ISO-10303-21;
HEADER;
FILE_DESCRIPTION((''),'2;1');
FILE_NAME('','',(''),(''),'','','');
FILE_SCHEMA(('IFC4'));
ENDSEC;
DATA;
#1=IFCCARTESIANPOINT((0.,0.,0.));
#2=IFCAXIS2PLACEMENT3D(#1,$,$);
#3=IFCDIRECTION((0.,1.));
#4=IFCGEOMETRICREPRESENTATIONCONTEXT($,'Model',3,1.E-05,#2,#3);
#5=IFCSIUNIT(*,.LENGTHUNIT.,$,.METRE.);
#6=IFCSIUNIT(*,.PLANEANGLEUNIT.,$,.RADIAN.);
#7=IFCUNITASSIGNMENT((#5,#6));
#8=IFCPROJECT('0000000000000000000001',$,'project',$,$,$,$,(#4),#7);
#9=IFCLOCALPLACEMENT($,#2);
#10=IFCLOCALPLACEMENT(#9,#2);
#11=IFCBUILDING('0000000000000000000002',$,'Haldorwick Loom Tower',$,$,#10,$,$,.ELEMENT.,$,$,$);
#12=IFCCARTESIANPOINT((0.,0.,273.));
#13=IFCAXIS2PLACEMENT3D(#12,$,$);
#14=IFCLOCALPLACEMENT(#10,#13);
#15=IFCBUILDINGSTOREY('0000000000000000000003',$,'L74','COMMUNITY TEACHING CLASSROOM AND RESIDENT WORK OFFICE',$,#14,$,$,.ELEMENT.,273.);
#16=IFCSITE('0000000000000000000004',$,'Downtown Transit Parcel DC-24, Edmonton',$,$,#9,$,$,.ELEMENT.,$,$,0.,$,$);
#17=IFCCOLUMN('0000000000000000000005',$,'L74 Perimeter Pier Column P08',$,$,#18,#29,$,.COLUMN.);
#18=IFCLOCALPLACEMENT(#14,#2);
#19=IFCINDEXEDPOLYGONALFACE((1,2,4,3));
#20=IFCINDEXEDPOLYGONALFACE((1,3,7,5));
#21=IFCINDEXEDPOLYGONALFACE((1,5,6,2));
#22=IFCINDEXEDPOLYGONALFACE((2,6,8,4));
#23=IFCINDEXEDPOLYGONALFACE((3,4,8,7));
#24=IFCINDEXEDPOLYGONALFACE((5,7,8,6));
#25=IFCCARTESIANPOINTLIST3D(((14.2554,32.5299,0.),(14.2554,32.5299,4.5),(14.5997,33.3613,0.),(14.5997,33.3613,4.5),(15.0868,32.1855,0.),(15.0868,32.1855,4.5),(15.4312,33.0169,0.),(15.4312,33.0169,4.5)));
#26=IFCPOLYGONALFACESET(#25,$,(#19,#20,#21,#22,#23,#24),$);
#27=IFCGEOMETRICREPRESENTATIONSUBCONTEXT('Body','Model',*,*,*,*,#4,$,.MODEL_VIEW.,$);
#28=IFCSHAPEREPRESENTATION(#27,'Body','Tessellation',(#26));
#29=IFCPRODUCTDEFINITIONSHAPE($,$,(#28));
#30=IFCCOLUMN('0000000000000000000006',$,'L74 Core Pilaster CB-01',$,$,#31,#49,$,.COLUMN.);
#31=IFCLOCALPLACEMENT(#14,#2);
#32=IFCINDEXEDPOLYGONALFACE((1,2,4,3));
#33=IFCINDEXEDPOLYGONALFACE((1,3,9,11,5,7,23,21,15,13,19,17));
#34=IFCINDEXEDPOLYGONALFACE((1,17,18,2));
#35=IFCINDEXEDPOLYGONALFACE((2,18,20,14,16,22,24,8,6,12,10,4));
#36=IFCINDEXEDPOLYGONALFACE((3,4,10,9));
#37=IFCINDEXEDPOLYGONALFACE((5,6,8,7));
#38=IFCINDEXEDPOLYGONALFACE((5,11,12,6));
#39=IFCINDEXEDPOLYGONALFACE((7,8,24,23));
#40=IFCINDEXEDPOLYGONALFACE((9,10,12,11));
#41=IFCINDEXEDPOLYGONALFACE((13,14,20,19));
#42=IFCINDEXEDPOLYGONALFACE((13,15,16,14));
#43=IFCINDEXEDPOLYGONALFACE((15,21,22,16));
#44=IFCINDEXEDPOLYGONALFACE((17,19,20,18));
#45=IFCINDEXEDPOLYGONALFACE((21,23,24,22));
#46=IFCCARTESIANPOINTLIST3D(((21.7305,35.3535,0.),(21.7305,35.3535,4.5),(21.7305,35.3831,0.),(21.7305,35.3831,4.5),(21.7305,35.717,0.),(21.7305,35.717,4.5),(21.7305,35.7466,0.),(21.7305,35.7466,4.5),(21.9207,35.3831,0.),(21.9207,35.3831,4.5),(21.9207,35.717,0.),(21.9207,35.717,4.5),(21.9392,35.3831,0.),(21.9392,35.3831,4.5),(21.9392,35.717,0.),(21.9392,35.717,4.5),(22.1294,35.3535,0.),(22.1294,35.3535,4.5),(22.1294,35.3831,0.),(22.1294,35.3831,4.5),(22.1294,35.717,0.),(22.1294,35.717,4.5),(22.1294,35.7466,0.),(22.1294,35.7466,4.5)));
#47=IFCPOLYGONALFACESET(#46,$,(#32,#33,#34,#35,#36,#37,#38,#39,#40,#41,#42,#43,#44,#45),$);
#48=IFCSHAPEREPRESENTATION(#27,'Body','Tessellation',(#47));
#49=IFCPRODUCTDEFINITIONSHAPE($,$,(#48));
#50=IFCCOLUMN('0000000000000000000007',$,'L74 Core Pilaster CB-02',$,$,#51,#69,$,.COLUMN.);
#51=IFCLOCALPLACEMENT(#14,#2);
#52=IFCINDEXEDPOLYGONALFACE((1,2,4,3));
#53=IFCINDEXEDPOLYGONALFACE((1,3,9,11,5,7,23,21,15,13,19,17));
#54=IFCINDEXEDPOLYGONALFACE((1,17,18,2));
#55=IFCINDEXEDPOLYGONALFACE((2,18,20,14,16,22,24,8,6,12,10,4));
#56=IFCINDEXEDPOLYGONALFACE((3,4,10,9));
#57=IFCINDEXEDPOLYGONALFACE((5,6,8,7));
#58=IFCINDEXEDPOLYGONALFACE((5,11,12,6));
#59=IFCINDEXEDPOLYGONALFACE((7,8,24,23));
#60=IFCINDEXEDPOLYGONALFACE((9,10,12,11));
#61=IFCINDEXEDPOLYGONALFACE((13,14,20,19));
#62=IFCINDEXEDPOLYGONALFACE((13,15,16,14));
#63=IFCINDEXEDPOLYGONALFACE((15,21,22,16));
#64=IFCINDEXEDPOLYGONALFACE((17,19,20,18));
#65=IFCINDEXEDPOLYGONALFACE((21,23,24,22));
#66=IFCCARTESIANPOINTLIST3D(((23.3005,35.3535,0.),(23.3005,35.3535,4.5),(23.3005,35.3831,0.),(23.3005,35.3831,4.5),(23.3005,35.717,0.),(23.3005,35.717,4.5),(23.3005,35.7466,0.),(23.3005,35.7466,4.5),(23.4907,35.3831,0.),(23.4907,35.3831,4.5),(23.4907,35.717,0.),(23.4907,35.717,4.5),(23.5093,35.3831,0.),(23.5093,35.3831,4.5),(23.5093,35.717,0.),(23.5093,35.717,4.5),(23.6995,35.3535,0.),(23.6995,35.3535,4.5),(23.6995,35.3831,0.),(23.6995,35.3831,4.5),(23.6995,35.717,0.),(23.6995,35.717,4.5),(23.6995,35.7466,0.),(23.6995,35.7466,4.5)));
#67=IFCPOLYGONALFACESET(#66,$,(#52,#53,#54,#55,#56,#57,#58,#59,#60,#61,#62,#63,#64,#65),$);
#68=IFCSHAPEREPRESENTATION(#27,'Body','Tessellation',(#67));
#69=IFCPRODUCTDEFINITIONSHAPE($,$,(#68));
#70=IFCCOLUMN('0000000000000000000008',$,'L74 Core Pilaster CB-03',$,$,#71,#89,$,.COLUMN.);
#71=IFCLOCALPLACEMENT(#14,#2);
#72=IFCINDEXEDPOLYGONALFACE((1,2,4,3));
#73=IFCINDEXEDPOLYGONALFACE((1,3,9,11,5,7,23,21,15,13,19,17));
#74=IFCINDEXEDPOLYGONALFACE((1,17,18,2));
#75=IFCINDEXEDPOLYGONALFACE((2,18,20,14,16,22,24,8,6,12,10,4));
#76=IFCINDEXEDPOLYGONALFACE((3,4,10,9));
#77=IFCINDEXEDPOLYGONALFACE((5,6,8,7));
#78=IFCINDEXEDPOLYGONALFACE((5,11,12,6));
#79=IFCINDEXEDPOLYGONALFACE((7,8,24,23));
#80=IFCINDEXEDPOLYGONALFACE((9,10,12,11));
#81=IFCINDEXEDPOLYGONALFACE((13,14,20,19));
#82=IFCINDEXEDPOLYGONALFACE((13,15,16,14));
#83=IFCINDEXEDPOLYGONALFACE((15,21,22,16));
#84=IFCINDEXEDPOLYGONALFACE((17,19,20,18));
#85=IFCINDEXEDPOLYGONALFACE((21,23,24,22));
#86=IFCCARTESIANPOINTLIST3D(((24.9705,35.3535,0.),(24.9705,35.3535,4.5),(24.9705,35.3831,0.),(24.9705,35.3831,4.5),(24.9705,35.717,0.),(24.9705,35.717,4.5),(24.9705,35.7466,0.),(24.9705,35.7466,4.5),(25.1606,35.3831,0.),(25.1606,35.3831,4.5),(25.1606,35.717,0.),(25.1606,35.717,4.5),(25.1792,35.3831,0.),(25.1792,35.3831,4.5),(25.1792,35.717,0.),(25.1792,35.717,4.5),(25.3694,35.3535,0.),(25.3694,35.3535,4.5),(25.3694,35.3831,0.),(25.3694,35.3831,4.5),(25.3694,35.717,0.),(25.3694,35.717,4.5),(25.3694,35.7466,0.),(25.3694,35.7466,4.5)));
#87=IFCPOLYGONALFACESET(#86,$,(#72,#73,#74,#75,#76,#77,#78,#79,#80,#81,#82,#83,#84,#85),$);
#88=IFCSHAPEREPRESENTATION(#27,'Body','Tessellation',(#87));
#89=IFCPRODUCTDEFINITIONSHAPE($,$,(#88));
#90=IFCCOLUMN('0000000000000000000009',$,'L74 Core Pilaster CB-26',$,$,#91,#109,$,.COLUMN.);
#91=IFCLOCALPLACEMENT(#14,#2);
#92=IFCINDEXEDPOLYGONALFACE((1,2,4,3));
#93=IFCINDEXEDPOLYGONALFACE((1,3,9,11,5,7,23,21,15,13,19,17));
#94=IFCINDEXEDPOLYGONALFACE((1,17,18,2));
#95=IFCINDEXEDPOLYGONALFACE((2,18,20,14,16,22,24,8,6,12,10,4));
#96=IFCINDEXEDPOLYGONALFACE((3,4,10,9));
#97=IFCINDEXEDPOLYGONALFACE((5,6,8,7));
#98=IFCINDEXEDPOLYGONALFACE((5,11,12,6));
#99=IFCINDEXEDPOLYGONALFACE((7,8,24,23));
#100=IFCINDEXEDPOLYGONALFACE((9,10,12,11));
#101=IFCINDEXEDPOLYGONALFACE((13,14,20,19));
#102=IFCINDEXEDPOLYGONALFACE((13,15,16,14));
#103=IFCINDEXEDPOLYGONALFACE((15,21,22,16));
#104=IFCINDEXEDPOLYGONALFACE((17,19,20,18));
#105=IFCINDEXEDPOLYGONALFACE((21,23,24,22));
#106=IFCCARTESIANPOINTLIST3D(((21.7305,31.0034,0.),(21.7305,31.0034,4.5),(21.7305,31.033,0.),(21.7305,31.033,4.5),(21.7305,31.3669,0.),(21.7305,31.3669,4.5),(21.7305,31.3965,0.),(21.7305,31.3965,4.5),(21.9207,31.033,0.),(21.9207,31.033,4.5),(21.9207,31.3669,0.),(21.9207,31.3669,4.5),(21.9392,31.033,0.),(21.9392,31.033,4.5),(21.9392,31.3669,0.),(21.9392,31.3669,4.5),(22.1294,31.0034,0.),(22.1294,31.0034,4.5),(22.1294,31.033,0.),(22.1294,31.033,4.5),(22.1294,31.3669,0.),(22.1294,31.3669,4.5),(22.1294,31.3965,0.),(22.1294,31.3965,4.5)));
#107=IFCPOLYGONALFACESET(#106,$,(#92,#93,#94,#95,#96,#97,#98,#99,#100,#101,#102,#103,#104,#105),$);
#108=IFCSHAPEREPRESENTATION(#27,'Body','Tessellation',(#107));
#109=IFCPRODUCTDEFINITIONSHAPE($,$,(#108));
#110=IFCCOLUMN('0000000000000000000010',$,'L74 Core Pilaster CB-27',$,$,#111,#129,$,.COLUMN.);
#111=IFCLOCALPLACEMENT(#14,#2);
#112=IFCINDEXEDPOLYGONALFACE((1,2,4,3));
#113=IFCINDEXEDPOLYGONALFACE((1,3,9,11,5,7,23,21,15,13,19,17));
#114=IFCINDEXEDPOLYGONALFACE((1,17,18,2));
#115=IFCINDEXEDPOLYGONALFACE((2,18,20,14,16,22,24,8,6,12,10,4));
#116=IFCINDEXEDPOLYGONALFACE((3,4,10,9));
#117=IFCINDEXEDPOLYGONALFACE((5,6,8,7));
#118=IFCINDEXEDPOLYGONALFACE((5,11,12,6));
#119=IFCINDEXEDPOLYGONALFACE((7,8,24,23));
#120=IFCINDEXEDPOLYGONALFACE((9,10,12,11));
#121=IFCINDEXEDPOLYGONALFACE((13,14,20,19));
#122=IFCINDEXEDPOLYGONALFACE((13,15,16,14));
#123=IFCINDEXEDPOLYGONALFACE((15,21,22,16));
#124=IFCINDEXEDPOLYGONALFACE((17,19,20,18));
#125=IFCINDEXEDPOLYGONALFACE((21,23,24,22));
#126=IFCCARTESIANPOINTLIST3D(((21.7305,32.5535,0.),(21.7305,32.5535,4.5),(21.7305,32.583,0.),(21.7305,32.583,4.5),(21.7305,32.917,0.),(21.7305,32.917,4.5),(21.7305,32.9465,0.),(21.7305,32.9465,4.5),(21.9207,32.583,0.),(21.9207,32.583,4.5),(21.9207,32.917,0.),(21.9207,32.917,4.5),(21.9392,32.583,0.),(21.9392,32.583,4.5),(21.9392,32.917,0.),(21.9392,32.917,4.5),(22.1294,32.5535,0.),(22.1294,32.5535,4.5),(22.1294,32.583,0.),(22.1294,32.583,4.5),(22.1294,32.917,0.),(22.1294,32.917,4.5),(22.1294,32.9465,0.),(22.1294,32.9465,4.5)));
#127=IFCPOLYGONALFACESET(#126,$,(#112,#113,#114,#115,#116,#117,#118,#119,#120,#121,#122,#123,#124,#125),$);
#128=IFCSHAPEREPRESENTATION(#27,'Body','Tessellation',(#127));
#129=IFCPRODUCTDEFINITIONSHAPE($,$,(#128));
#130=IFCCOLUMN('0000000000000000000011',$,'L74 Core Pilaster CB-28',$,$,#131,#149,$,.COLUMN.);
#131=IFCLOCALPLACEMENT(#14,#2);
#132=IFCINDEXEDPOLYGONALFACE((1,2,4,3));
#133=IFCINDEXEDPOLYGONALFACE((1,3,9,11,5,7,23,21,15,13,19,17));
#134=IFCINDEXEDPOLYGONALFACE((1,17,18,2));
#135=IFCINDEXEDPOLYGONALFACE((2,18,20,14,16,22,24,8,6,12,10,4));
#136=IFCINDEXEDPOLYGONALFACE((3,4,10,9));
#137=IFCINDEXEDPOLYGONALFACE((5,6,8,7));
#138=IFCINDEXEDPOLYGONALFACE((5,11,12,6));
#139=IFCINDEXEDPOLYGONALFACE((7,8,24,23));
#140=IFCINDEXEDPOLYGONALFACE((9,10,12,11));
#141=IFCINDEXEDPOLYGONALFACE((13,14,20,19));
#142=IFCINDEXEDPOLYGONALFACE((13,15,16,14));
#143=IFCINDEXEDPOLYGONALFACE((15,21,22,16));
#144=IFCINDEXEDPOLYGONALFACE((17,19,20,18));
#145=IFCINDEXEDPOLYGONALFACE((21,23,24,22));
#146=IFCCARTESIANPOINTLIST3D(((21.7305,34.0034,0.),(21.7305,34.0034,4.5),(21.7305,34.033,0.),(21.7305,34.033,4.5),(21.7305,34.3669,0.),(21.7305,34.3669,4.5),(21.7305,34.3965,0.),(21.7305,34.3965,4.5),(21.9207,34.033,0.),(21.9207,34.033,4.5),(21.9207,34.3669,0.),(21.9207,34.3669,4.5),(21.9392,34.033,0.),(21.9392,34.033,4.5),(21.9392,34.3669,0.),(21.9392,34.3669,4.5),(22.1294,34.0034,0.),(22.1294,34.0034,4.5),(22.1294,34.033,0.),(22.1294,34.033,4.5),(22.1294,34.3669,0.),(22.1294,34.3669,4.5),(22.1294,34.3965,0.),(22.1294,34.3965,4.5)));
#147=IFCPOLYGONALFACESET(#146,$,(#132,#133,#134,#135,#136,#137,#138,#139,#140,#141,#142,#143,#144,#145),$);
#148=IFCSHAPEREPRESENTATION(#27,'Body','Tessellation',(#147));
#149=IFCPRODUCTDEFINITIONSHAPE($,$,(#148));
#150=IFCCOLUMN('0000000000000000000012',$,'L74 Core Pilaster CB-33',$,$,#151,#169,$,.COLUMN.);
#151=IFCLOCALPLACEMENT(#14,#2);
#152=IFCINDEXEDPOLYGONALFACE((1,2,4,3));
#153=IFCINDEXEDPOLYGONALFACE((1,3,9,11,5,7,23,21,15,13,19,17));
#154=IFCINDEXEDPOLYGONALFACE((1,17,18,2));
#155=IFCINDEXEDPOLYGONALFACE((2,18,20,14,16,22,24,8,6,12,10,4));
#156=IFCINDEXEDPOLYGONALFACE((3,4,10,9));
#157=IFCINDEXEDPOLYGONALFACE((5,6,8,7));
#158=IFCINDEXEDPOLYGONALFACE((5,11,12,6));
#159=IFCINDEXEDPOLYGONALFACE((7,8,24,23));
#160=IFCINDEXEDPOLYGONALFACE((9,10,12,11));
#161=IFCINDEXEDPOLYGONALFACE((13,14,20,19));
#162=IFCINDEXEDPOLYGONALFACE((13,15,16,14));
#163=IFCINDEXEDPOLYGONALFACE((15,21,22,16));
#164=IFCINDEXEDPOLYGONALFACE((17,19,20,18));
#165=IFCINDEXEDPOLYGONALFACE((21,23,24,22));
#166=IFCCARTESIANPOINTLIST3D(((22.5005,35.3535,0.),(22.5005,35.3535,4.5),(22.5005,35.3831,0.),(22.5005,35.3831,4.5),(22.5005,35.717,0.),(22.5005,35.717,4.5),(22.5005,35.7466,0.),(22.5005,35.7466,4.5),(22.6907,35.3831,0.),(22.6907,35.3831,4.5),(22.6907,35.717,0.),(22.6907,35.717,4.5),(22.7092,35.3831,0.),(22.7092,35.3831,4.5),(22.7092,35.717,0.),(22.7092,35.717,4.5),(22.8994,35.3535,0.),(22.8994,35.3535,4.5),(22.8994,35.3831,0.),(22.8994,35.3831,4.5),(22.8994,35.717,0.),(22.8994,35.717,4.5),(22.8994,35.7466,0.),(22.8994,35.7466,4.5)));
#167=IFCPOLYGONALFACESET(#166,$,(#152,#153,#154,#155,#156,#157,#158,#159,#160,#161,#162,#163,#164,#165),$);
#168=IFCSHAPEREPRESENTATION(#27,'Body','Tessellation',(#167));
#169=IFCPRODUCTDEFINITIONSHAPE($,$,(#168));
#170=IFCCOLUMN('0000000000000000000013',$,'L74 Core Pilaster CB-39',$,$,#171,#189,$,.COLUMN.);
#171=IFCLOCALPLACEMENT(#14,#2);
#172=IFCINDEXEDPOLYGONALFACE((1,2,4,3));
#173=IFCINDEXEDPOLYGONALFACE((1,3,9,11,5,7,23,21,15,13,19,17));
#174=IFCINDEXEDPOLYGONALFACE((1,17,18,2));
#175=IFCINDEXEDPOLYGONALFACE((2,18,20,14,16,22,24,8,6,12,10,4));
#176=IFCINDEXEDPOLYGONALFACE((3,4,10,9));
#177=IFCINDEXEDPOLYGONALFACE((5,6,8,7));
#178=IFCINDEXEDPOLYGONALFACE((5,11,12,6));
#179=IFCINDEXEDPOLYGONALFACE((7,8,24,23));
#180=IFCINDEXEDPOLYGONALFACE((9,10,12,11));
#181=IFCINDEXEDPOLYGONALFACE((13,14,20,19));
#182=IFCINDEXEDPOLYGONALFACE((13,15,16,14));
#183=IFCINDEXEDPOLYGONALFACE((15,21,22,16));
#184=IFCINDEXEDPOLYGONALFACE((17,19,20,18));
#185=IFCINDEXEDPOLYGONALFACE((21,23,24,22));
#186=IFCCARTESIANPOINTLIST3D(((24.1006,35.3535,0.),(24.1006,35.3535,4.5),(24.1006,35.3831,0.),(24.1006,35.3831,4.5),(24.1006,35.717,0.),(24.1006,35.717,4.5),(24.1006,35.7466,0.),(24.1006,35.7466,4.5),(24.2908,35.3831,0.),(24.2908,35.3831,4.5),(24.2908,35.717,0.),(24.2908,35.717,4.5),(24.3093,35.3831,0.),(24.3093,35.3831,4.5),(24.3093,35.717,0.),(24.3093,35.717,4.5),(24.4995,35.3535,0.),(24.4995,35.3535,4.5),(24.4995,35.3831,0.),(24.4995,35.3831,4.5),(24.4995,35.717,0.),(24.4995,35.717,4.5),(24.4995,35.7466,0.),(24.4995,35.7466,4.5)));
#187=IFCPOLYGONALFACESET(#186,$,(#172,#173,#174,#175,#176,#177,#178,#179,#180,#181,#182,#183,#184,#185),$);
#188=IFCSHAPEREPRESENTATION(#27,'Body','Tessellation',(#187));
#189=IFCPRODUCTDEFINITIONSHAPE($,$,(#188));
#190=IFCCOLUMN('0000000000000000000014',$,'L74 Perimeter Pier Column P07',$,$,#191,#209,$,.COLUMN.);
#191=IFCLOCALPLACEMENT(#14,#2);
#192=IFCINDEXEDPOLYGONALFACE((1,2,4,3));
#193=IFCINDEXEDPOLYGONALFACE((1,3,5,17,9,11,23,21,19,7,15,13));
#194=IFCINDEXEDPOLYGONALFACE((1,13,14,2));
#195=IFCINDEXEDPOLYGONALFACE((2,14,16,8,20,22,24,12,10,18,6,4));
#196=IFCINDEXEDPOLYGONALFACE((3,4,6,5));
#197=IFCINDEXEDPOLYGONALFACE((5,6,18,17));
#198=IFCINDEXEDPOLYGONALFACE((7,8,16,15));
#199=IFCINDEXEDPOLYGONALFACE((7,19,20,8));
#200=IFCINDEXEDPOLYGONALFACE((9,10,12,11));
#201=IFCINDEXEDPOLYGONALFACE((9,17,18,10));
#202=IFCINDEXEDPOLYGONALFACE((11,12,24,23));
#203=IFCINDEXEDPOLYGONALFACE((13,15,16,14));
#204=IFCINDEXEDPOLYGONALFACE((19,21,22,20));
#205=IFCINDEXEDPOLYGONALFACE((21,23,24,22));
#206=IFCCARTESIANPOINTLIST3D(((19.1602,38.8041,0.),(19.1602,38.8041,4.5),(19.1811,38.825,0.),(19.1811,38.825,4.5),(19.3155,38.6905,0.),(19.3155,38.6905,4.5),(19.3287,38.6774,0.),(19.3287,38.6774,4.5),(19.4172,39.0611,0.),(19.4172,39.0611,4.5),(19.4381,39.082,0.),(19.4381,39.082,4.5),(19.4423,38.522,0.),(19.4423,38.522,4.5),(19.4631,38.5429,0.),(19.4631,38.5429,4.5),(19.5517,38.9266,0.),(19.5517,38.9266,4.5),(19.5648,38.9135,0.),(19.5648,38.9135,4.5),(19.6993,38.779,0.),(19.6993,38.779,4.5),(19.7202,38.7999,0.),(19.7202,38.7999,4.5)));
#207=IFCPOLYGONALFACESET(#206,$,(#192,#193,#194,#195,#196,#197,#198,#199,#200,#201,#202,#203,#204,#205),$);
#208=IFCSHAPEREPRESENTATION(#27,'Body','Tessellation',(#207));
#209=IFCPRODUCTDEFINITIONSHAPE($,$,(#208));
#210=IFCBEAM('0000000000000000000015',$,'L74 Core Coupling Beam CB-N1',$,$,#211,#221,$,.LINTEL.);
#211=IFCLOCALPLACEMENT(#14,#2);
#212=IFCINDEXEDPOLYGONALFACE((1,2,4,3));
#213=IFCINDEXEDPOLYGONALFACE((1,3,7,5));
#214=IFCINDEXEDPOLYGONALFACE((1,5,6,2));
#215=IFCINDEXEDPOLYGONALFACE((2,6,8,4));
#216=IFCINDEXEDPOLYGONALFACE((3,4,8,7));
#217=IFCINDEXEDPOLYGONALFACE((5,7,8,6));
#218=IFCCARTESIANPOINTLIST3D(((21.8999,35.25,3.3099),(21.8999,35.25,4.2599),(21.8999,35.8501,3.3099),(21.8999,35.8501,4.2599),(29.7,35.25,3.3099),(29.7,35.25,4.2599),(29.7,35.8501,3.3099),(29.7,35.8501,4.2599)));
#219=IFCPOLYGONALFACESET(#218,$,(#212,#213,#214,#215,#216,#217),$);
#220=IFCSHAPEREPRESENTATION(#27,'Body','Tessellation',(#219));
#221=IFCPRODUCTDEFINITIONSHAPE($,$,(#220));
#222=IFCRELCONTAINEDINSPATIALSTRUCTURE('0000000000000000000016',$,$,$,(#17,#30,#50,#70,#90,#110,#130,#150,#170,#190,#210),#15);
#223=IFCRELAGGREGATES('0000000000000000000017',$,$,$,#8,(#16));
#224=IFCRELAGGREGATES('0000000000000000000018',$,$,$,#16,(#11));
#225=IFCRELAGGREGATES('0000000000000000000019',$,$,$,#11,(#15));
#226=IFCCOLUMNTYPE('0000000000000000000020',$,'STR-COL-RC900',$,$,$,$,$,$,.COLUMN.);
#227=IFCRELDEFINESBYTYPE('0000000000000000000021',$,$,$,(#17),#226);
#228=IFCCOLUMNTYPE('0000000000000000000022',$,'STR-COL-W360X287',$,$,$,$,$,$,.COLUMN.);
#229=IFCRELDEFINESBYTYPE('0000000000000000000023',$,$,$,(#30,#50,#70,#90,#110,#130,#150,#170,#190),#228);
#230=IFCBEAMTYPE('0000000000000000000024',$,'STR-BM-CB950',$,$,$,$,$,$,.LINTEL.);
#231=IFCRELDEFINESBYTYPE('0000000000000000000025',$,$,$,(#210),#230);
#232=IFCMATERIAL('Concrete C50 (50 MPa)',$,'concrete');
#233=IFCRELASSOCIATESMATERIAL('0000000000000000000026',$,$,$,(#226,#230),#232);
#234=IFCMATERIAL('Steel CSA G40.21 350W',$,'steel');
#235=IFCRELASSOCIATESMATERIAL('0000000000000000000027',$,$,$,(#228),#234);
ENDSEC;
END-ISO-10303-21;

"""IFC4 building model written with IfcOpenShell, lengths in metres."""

from ifc_helpers import new_model, si_unit, direction, frame, origin, origin_2d, place, context, subcontext, project, spatial, rectangle, i_section, extrude, material, material_profile, profile_set, type_object, element, save


model = new_model("IFC4")

# Units and contexts
model_context = context("Model", 3, precision=1e-05, world=origin(), true_north=direction((0.0, 1.0)))
body_context = subcontext(model_context, "Body", "Model", "MODEL_VIEW")
ifc_project = project(units=[si_unit("LENGTHUNIT", "METRE"), si_unit("PLANEANGLEUNIT", "RADIAN")], contexts=[model_context])

# Site, building, storey
site_placement = place(None, origin())
site = spatial("IfcSite", under=ifc_project, at=site_placement, Name="Downtown Transit Parcel DC-24, Edmonton", CompositionType="ELEMENT", RefElevation=0.0)
building_placement = place(site_placement, origin())
building = spatial("IfcBuilding", under=site, at=building_placement, Name="Haldorwick Loom Tower", CompositionType="ELEMENT")
storey_placement = place(building_placement, frame((0.0, 0.0, 273.0)))
storey = spatial("IfcBuildingStorey", under=building, at=storey_placement, Name="L74", Description="COMMUNITY TEACHING CLASSROOM AND RESIDENT WORK OFFICE", CompositionType="ELEMENT", Elevation=273.0)

# Columns
ifc_material_1 = material(Name="Concrete C50 (50 MPa)", Category="concrete")
ifc_material_profile_1 = material_profile(ifc_material_1, rectangle(XDim=0.8999, YDim=0.8999, at=origin_2d()), Name="RC900X900", Category="concrete")
ifc_profile_set_1 = profile_set([ifc_material_profile_1], Name="Concrete C50 (50 MPa)")
column_type_1 = type_object("IfcColumnType", Name="STR-COL-RC900", PredefinedType="COLUMN", material=ifc_profile_set_1)
column_placement = place(storey_placement, frame((14.8433, 32.7734, 0.0), z_axis=(0.0, 0.0, 1.0), x_axis=(-0.92388, 0.382683, 0.0)))
element("IfcColumn", 1, at=column_placement, inside=storey, type_object=column_type_1, Name="L74 Perimeter Pier Column P08", PredefinedType="COLUMN", context=body_context, shape_type="SweptSolid", body=[
    extrude(rectangle(XDim=0.8999, YDim=0.8999, at=origin_2d()), origin(), (0.0, 0.0, 1.0), 4.5),
])
ifc_material_2 = material(Name="Steel CSA G40.21 350W", Category="steel")
ifc_material_profile_2 = material_profile(ifc_material_2, i_section(OverallWidth=0.3989, OverallDepth=0.3931, WebThickness=0.0186, FlangeThickness=0.0295, at=origin_2d()), Name="W360X287", Category="steel")
ifc_profile_set_2 = profile_set([ifc_material_profile_2], Name="Steel CSA G40.21 350W")
column_type_2 = type_object("IfcColumnType", Name="STR-COL-W360X287", PredefinedType="COLUMN", material=ifc_profile_set_2)
for number, where, z_axis, x_axis, name in (
    (2, (21.9299, 35.55, 0.0), (0.0, 0.0, 1.0), (1.0, 0.0, 0.0), "L74 Core Pilaster CB-01"),
    (3, (23.5, 35.55, 0.0), (0.0, 0.0, 1.0), (1.0, 0.0, 0.0), "L74 Core Pilaster CB-02"),
    (4, (25.1699, 35.55, 0.0), (0.0, 0.0, 1.0), (1.0, 0.0, 0.0), "L74 Core Pilaster CB-03"),
    (5, (21.9299, 31.2, 0.0), (0.0, 0.0, 1.0), (1.0, 0.0, 0.0), "L74 Core Pilaster CB-26"),
    (6, (21.9299, 32.75, 0.0), (0.0, 0.0, 1.0), (1.0, 0.0, 0.0), "L74 Core Pilaster CB-27"),
    (7, (21.9299, 34.2, 0.0), (0.0, 0.0, 1.0), (1.0, 0.0, 0.0), "L74 Core Pilaster CB-28"),
    (8, (22.7, 35.55, 0.0), (0.0, 0.0, 1.0), (1.0, 0.0, 0.0), "L74 Core Pilaster CB-33"),
    (9, (24.3, 35.55, 0.0), (0.0, 0.0, 1.0), (1.0, 0.0, 0.0), "L74 Core Pilaster CB-39"),
    (10, (19.4402, 38.802, 0.0), (0.0, 0.0, 1.0), (-0.707107, 0.707107, 0.0), "L74 Perimeter Pier Column P07"),
):
    element("IfcColumn", number, at=place(storey_placement, frame(where, z_axis=z_axis, x_axis=x_axis)), inside=storey, type_object=column_type_2, Name=name, PredefinedType="COLUMN", context=body_context, shape_type="SweptSolid", body=[
        extrude(i_section(OverallWidth=0.3989, OverallDepth=0.3931, WebThickness=0.0186, FlangeThickness=0.0295, at=origin_2d()), origin(), (0.0, 0.0, 1.0), 4.5),
    ])

# Beam
ifc_material_profile_3 = material_profile(ifc_material_1, rectangle(XDim=0.6001, YDim=0.95, at=origin_2d()), Name="RC600X950", Category="concrete")
ifc_profile_set_3 = profile_set([ifc_material_profile_3], Name="Concrete C50 (50 MPa)")
beam_type_1 = type_object("IfcBeamType", Name="STR-BM-CB950", PredefinedType="LINTEL", material=ifc_profile_set_3)
beam_1_placement = place(storey_placement, frame((21.8999, 35.55, 3.7849), z_axis=(1.0, 0.0, 0.0), x_axis=(0.0, 1.0, 0.0)))
element("IfcBeam", 11, at=beam_1_placement, inside=storey, type_object=beam_type_1, Name="L74 Core Coupling Beam CB-N1", PredefinedType="LINTEL", context=body_context, shape_type="SweptSolid", body=[
    extrude(rectangle(XDim=0.6001, YDim=0.95, at=origin_2d()), origin(), (0.0, 0.0, 1.0), 7.8),
])

save(model, "model.ifc")
